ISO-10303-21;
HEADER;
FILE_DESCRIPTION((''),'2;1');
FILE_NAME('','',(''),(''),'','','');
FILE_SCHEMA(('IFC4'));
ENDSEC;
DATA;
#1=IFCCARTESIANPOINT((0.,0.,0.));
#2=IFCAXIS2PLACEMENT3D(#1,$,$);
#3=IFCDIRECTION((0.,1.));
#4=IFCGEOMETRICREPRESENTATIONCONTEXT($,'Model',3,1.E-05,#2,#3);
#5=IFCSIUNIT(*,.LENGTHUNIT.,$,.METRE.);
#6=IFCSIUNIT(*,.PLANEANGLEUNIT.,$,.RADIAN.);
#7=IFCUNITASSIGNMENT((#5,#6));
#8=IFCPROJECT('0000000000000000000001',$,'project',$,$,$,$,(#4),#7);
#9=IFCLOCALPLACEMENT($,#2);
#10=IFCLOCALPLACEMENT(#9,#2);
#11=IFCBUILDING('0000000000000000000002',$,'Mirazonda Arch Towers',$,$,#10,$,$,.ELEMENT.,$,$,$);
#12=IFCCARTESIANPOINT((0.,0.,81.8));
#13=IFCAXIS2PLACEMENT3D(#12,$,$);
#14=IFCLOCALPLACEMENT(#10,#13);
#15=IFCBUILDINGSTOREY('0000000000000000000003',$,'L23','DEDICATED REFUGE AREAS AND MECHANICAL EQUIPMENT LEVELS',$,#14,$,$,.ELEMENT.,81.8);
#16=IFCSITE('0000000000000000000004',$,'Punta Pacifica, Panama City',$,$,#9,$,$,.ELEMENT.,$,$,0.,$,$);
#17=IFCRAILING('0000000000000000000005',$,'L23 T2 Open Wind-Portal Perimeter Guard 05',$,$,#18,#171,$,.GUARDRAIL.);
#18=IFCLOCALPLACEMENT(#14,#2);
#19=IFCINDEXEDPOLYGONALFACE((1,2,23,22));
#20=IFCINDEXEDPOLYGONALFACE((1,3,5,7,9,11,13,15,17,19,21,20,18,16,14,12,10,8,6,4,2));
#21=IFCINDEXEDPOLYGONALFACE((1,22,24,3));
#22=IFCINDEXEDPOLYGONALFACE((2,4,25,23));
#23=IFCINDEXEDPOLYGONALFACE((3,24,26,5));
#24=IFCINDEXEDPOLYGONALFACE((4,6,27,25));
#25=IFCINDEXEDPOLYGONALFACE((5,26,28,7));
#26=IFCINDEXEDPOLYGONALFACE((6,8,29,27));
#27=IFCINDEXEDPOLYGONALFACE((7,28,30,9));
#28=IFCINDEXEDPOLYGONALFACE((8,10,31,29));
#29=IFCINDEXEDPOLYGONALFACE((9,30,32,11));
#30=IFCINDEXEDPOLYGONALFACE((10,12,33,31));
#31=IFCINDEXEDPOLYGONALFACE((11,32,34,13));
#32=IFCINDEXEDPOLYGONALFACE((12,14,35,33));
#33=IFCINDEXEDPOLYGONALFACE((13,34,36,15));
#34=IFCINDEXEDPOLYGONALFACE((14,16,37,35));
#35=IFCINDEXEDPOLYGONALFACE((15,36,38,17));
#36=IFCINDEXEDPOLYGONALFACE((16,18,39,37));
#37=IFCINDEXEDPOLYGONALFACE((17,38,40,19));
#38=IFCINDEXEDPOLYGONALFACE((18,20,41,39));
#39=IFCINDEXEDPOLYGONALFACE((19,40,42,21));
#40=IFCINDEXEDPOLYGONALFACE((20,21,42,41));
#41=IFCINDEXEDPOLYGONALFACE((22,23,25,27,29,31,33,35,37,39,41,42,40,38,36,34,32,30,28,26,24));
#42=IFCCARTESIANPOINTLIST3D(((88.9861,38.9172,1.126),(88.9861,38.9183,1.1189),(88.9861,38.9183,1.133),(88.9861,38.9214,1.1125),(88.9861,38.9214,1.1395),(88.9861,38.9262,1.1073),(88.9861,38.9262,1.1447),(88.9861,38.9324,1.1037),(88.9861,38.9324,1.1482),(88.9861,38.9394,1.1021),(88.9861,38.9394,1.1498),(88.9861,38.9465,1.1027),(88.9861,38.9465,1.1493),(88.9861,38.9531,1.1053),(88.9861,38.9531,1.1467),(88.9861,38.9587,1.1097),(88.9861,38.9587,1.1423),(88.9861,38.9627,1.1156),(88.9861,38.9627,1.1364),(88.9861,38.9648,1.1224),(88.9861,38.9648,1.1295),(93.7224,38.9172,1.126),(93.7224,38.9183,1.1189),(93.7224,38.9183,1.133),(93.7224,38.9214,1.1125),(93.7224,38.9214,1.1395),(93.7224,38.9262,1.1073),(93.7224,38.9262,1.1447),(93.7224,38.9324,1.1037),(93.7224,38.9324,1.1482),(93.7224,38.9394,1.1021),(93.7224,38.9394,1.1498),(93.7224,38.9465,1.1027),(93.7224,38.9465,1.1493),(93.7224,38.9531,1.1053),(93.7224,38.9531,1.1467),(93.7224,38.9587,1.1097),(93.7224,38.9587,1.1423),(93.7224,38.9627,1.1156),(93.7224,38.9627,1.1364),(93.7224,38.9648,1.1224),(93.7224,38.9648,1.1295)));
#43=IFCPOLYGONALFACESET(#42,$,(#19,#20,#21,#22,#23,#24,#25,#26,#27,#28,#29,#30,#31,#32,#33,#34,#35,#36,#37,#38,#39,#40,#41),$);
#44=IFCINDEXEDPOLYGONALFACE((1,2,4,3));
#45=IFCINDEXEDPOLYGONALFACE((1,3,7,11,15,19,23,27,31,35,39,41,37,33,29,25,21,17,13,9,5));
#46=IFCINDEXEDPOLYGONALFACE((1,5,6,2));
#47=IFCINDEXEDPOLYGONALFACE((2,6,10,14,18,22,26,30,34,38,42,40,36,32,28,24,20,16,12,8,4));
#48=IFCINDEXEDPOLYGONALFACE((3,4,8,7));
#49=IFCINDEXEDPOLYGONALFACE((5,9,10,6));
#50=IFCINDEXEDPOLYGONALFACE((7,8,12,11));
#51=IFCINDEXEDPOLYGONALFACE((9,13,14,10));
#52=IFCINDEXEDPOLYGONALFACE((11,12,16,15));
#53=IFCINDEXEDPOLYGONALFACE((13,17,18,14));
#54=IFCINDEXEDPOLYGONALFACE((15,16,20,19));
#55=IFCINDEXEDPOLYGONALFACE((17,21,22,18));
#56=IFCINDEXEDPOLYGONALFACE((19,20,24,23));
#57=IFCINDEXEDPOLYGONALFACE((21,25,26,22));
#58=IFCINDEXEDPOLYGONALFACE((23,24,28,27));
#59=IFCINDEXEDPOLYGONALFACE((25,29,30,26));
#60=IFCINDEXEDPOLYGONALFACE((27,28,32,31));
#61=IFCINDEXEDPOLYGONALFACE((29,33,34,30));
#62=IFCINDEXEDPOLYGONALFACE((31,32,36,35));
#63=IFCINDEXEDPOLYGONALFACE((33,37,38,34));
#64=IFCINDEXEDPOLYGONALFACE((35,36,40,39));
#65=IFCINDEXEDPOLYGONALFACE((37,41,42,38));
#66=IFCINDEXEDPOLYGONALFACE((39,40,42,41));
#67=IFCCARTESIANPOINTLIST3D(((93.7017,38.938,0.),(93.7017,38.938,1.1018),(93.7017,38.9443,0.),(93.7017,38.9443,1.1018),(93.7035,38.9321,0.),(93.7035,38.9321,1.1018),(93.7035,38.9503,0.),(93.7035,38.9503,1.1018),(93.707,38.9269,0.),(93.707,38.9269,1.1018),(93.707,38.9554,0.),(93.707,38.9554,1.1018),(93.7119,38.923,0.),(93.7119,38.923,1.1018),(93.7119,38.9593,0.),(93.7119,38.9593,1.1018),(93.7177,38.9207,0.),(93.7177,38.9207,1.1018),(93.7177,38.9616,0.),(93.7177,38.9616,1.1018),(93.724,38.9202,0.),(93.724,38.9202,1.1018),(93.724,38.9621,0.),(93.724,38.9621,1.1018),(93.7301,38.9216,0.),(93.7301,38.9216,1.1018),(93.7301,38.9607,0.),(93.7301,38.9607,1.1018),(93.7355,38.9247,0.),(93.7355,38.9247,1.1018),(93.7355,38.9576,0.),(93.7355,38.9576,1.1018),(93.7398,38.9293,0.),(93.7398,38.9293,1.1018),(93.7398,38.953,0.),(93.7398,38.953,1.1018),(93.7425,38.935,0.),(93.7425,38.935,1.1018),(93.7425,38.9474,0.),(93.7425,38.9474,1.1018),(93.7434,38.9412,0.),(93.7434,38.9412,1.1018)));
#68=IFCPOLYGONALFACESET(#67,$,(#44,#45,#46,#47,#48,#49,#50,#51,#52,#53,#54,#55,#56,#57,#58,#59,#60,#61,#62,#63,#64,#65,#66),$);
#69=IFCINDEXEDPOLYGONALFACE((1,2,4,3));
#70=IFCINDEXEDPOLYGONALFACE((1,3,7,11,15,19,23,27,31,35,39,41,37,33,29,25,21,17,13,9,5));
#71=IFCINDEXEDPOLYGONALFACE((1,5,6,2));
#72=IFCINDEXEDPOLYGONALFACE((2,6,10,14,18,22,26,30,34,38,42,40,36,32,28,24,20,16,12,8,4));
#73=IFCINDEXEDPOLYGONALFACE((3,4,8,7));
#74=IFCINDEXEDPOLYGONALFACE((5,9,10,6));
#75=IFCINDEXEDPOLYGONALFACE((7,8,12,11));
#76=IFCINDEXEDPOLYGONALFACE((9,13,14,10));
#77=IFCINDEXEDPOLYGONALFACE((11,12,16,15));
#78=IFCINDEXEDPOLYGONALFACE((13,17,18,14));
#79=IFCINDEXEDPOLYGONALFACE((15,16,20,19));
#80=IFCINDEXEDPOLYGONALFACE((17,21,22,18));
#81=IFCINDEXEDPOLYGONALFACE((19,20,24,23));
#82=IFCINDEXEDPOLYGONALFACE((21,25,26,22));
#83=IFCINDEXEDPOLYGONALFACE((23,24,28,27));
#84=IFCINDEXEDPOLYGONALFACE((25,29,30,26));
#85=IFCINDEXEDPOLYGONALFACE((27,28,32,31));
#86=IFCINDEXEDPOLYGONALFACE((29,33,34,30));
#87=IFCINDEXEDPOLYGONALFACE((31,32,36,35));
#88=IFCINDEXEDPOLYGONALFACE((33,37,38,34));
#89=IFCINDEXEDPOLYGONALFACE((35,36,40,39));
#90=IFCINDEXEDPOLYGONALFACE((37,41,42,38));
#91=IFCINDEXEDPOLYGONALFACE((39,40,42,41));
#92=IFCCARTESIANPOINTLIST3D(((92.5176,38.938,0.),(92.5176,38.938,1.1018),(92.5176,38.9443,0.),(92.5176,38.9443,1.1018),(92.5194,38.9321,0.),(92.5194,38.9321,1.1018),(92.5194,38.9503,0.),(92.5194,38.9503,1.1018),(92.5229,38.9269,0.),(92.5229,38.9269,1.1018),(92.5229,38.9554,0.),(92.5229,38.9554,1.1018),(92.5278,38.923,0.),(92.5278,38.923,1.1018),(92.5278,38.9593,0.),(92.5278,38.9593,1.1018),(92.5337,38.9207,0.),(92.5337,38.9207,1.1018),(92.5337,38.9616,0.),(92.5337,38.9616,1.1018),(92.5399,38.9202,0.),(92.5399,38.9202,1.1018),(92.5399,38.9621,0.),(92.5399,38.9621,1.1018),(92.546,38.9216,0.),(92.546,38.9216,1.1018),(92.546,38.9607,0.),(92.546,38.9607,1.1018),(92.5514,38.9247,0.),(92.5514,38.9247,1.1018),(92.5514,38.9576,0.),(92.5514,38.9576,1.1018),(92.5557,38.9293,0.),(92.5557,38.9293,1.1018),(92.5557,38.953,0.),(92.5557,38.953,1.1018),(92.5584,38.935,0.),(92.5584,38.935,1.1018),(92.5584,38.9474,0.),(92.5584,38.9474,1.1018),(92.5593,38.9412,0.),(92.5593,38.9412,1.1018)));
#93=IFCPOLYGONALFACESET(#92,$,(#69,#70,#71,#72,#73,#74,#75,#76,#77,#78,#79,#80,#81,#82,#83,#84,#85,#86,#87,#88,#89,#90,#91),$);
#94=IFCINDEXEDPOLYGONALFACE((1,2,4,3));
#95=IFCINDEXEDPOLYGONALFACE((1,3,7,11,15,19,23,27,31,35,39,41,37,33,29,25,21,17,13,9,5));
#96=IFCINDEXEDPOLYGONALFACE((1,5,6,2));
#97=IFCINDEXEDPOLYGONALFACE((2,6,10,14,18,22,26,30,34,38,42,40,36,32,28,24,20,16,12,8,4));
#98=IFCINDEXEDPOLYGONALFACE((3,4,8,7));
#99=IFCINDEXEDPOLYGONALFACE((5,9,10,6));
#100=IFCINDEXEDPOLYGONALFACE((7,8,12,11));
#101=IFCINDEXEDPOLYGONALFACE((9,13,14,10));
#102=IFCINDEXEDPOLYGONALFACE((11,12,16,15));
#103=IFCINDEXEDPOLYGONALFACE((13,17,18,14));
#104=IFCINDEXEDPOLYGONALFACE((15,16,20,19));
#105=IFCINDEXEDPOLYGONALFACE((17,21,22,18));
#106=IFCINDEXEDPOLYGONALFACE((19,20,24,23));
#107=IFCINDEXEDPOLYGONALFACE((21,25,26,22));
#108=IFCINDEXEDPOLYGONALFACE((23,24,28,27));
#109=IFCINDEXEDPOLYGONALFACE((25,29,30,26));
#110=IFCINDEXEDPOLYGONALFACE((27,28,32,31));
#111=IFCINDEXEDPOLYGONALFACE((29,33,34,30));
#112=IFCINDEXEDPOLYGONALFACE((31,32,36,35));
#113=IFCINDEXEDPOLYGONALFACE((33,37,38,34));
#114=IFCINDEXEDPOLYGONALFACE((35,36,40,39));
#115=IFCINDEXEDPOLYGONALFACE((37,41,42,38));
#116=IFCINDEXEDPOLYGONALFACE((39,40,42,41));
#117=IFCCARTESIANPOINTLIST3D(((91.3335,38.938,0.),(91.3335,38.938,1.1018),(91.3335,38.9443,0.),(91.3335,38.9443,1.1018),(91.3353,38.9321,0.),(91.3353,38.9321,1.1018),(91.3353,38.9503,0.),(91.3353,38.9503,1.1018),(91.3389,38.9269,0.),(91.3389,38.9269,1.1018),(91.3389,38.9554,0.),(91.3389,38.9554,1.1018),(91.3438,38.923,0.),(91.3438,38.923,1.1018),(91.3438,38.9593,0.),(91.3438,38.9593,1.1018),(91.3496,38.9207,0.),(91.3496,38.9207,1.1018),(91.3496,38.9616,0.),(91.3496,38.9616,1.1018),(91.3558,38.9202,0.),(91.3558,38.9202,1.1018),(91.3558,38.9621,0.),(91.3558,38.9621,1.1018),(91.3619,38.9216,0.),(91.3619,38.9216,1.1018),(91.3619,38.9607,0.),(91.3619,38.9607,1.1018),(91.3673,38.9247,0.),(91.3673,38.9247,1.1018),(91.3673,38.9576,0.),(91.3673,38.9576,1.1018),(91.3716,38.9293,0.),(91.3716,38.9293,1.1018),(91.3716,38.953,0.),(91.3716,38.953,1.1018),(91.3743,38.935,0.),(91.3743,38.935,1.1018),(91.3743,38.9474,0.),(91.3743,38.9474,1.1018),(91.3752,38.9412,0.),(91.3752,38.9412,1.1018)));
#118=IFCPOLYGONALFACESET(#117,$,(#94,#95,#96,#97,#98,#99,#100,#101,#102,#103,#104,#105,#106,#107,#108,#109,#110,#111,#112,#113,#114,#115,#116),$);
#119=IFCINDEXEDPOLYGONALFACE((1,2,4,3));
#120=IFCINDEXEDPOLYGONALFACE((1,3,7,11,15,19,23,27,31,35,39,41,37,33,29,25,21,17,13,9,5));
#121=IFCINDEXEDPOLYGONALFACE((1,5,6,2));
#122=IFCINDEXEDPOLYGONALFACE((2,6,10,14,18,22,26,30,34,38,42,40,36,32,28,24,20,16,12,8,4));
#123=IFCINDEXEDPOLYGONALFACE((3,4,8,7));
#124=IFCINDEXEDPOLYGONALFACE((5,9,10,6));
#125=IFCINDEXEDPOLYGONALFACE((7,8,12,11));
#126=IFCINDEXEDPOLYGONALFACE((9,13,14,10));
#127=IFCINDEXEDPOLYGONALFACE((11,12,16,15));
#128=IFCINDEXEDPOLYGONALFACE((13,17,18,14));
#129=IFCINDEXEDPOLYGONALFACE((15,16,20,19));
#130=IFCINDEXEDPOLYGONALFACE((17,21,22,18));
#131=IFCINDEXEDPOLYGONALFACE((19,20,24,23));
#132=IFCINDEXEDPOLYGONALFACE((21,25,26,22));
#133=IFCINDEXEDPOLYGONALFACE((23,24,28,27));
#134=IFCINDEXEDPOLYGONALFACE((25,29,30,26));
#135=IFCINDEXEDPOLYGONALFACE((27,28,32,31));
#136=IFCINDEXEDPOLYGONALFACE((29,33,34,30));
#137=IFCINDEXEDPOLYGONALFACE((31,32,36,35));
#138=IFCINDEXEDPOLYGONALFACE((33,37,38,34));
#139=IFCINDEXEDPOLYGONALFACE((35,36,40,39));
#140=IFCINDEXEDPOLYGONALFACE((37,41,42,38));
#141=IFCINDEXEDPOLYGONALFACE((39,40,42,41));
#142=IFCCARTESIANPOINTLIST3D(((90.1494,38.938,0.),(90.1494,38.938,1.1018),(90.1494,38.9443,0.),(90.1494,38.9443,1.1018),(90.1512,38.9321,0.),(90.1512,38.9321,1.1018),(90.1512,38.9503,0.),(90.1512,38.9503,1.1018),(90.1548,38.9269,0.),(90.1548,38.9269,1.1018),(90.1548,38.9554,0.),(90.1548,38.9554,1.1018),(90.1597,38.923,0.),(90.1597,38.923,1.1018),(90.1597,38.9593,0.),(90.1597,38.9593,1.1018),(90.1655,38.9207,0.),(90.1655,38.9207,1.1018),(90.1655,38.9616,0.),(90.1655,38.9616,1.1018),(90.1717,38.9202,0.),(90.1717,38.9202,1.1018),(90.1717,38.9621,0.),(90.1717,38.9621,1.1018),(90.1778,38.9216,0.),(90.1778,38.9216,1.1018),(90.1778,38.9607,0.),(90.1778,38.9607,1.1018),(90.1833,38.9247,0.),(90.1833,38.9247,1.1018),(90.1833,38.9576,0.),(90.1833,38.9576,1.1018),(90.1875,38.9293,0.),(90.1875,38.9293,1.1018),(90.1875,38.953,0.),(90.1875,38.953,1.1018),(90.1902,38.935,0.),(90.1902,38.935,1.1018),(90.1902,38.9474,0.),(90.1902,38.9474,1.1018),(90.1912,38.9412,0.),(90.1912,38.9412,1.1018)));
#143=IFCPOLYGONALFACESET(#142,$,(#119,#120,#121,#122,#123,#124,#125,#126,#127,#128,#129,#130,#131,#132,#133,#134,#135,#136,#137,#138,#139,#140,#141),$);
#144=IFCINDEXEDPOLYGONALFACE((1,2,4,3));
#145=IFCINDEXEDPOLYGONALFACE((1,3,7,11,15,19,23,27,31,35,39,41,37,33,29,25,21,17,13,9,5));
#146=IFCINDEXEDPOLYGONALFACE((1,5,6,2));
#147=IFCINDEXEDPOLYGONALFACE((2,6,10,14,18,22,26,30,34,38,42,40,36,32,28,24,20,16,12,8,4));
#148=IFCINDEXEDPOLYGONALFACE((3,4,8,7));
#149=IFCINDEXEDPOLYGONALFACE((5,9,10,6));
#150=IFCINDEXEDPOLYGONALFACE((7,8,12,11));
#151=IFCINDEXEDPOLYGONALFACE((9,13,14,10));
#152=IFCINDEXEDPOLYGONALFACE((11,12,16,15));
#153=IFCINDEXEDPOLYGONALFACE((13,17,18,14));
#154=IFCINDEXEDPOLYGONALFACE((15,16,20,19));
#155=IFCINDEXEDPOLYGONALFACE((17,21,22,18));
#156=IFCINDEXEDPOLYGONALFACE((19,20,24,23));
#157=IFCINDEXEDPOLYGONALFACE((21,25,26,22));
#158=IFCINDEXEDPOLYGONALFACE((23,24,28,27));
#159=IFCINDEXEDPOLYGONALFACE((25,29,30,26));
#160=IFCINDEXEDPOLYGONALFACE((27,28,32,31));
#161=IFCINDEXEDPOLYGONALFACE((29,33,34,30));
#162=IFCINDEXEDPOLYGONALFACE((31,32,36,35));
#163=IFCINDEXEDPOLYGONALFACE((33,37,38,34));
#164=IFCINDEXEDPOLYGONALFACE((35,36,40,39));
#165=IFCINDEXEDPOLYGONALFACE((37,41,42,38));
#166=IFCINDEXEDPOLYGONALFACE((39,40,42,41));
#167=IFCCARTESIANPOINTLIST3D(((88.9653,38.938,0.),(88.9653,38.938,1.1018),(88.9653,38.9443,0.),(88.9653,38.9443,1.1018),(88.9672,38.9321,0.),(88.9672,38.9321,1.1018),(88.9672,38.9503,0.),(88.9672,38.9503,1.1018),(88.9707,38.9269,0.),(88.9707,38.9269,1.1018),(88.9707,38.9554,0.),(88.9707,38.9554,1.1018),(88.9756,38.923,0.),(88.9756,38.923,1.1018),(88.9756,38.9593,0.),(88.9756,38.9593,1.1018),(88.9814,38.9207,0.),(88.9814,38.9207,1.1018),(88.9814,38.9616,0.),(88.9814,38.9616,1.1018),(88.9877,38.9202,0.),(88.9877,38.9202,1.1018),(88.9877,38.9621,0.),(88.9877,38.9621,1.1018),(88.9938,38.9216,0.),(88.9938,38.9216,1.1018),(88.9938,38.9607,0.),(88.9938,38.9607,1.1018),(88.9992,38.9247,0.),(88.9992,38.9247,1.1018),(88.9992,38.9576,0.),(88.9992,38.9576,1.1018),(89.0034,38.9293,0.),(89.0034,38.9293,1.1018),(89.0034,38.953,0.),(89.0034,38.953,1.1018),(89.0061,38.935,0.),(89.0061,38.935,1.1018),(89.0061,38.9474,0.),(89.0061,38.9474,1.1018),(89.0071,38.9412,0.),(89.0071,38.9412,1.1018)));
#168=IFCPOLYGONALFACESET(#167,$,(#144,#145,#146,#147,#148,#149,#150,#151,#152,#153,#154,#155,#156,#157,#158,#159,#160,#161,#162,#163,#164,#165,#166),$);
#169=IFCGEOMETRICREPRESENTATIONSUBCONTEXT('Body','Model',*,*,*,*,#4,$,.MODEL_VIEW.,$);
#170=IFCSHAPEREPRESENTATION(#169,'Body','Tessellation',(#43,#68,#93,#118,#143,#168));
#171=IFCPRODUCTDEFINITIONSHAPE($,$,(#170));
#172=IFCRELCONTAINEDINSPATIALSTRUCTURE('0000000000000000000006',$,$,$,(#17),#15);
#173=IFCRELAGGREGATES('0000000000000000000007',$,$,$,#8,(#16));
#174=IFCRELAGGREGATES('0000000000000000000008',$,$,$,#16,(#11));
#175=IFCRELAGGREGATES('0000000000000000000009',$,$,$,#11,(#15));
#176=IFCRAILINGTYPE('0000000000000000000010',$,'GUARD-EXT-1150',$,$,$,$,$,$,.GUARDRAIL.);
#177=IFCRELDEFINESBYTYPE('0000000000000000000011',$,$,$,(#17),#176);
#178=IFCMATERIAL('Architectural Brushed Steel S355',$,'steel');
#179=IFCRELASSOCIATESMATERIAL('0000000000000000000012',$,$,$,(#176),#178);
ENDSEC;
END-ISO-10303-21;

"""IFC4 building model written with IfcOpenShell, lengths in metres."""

from ifc_helpers import new_model, si_unit, direction, frame, origin, origin_2d, place, context, subcontext, project, spatial, circle, extrude, material, type_object, element, save


model = new_model("IFC4")

# Units and contexts
model_context = context("Model", 3, precision=1e-05, world=origin(), true_north=direction((0.0, 1.0)))
body_context = subcontext(model_context, "Body", "Model", "MODEL_VIEW")
ifc_project = project(units=[si_unit("LENGTHUNIT", "METRE"), si_unit("PLANEANGLEUNIT", "RADIAN")], contexts=[model_context])

# Site, building, storey
site_placement = place(None, origin())
site = spatial("IfcSite", under=ifc_project, at=site_placement, Name="Punta Pacifica, Panama City", CompositionType="ELEMENT", RefElevation=0.0)
building_placement = place(site_placement, origin())
building = spatial("IfcBuilding", under=site, at=building_placement, Name="Mirazonda Arch Towers", CompositionType="ELEMENT")
storey_placement = place(building_placement, frame((0.0, 0.0, 81.8)))
storey = spatial("IfcBuildingStorey", under=building, at=storey_placement, Name="L23", Description="DEDICATED REFUGE AREAS AND MECHANICAL EQUIPMENT LEVELS", CompositionType="ELEMENT", Elevation=81.8)

# Railing
ifc_material_1 = material(Name="Architectural Brushed Steel S355", Category="steel")
railing_type = type_object("IfcRailingType", Name="GUARD-EXT-1150", PredefinedType="GUARDRAIL", material=ifc_material_1)
railing_1_placement = place(storey_placement, frame((93.7224, 38.9412, 0.0)))
element("IfcRailing", 1, at=railing_1_placement, inside=storey, type_object=railing_type, Name="L23 T2 Open Wind-Portal Perimeter Guard 05", PredefinedType="GUARDRAIL", context=body_context, shape_type="SweptSolid", body=[
    extrude(circle(Radius=0.0239, at=origin_2d()), frame((0.0, 0.0, 1.126), z_axis=(-1.0, 0.0, 0.0), x_axis=(0.0, -1.0, 0.0)), (0.0, 0.0, 1.0), 4.7363),
    extrude(circle(Radius=0.021, at=origin_2d()), origin(), (0.0, 0.0, 1.0), 1.1018),
    extrude(circle(Radius=0.021, at=origin_2d()), frame((-1.1841, 0.0, 0.0)), (0.0, 0.0, 1.0), 1.1018),
    extrude(circle(Radius=0.021, at=origin_2d()), frame((-2.3682, 0.0, 0.0)), (0.0, 0.0, 1.0), 1.1018),
    extrude(circle(Radius=0.021, at=origin_2d()), frame((-3.5522, 0.0, 0.0)), (0.0, 0.0, 1.0), 1.1018),
    extrude(circle(Radius=0.021, at=origin_2d()), frame((-4.7363, 0.0, 0.0)), (0.0, 0.0, 1.0), 1.1018),
])

save(model, "model.ifc")
